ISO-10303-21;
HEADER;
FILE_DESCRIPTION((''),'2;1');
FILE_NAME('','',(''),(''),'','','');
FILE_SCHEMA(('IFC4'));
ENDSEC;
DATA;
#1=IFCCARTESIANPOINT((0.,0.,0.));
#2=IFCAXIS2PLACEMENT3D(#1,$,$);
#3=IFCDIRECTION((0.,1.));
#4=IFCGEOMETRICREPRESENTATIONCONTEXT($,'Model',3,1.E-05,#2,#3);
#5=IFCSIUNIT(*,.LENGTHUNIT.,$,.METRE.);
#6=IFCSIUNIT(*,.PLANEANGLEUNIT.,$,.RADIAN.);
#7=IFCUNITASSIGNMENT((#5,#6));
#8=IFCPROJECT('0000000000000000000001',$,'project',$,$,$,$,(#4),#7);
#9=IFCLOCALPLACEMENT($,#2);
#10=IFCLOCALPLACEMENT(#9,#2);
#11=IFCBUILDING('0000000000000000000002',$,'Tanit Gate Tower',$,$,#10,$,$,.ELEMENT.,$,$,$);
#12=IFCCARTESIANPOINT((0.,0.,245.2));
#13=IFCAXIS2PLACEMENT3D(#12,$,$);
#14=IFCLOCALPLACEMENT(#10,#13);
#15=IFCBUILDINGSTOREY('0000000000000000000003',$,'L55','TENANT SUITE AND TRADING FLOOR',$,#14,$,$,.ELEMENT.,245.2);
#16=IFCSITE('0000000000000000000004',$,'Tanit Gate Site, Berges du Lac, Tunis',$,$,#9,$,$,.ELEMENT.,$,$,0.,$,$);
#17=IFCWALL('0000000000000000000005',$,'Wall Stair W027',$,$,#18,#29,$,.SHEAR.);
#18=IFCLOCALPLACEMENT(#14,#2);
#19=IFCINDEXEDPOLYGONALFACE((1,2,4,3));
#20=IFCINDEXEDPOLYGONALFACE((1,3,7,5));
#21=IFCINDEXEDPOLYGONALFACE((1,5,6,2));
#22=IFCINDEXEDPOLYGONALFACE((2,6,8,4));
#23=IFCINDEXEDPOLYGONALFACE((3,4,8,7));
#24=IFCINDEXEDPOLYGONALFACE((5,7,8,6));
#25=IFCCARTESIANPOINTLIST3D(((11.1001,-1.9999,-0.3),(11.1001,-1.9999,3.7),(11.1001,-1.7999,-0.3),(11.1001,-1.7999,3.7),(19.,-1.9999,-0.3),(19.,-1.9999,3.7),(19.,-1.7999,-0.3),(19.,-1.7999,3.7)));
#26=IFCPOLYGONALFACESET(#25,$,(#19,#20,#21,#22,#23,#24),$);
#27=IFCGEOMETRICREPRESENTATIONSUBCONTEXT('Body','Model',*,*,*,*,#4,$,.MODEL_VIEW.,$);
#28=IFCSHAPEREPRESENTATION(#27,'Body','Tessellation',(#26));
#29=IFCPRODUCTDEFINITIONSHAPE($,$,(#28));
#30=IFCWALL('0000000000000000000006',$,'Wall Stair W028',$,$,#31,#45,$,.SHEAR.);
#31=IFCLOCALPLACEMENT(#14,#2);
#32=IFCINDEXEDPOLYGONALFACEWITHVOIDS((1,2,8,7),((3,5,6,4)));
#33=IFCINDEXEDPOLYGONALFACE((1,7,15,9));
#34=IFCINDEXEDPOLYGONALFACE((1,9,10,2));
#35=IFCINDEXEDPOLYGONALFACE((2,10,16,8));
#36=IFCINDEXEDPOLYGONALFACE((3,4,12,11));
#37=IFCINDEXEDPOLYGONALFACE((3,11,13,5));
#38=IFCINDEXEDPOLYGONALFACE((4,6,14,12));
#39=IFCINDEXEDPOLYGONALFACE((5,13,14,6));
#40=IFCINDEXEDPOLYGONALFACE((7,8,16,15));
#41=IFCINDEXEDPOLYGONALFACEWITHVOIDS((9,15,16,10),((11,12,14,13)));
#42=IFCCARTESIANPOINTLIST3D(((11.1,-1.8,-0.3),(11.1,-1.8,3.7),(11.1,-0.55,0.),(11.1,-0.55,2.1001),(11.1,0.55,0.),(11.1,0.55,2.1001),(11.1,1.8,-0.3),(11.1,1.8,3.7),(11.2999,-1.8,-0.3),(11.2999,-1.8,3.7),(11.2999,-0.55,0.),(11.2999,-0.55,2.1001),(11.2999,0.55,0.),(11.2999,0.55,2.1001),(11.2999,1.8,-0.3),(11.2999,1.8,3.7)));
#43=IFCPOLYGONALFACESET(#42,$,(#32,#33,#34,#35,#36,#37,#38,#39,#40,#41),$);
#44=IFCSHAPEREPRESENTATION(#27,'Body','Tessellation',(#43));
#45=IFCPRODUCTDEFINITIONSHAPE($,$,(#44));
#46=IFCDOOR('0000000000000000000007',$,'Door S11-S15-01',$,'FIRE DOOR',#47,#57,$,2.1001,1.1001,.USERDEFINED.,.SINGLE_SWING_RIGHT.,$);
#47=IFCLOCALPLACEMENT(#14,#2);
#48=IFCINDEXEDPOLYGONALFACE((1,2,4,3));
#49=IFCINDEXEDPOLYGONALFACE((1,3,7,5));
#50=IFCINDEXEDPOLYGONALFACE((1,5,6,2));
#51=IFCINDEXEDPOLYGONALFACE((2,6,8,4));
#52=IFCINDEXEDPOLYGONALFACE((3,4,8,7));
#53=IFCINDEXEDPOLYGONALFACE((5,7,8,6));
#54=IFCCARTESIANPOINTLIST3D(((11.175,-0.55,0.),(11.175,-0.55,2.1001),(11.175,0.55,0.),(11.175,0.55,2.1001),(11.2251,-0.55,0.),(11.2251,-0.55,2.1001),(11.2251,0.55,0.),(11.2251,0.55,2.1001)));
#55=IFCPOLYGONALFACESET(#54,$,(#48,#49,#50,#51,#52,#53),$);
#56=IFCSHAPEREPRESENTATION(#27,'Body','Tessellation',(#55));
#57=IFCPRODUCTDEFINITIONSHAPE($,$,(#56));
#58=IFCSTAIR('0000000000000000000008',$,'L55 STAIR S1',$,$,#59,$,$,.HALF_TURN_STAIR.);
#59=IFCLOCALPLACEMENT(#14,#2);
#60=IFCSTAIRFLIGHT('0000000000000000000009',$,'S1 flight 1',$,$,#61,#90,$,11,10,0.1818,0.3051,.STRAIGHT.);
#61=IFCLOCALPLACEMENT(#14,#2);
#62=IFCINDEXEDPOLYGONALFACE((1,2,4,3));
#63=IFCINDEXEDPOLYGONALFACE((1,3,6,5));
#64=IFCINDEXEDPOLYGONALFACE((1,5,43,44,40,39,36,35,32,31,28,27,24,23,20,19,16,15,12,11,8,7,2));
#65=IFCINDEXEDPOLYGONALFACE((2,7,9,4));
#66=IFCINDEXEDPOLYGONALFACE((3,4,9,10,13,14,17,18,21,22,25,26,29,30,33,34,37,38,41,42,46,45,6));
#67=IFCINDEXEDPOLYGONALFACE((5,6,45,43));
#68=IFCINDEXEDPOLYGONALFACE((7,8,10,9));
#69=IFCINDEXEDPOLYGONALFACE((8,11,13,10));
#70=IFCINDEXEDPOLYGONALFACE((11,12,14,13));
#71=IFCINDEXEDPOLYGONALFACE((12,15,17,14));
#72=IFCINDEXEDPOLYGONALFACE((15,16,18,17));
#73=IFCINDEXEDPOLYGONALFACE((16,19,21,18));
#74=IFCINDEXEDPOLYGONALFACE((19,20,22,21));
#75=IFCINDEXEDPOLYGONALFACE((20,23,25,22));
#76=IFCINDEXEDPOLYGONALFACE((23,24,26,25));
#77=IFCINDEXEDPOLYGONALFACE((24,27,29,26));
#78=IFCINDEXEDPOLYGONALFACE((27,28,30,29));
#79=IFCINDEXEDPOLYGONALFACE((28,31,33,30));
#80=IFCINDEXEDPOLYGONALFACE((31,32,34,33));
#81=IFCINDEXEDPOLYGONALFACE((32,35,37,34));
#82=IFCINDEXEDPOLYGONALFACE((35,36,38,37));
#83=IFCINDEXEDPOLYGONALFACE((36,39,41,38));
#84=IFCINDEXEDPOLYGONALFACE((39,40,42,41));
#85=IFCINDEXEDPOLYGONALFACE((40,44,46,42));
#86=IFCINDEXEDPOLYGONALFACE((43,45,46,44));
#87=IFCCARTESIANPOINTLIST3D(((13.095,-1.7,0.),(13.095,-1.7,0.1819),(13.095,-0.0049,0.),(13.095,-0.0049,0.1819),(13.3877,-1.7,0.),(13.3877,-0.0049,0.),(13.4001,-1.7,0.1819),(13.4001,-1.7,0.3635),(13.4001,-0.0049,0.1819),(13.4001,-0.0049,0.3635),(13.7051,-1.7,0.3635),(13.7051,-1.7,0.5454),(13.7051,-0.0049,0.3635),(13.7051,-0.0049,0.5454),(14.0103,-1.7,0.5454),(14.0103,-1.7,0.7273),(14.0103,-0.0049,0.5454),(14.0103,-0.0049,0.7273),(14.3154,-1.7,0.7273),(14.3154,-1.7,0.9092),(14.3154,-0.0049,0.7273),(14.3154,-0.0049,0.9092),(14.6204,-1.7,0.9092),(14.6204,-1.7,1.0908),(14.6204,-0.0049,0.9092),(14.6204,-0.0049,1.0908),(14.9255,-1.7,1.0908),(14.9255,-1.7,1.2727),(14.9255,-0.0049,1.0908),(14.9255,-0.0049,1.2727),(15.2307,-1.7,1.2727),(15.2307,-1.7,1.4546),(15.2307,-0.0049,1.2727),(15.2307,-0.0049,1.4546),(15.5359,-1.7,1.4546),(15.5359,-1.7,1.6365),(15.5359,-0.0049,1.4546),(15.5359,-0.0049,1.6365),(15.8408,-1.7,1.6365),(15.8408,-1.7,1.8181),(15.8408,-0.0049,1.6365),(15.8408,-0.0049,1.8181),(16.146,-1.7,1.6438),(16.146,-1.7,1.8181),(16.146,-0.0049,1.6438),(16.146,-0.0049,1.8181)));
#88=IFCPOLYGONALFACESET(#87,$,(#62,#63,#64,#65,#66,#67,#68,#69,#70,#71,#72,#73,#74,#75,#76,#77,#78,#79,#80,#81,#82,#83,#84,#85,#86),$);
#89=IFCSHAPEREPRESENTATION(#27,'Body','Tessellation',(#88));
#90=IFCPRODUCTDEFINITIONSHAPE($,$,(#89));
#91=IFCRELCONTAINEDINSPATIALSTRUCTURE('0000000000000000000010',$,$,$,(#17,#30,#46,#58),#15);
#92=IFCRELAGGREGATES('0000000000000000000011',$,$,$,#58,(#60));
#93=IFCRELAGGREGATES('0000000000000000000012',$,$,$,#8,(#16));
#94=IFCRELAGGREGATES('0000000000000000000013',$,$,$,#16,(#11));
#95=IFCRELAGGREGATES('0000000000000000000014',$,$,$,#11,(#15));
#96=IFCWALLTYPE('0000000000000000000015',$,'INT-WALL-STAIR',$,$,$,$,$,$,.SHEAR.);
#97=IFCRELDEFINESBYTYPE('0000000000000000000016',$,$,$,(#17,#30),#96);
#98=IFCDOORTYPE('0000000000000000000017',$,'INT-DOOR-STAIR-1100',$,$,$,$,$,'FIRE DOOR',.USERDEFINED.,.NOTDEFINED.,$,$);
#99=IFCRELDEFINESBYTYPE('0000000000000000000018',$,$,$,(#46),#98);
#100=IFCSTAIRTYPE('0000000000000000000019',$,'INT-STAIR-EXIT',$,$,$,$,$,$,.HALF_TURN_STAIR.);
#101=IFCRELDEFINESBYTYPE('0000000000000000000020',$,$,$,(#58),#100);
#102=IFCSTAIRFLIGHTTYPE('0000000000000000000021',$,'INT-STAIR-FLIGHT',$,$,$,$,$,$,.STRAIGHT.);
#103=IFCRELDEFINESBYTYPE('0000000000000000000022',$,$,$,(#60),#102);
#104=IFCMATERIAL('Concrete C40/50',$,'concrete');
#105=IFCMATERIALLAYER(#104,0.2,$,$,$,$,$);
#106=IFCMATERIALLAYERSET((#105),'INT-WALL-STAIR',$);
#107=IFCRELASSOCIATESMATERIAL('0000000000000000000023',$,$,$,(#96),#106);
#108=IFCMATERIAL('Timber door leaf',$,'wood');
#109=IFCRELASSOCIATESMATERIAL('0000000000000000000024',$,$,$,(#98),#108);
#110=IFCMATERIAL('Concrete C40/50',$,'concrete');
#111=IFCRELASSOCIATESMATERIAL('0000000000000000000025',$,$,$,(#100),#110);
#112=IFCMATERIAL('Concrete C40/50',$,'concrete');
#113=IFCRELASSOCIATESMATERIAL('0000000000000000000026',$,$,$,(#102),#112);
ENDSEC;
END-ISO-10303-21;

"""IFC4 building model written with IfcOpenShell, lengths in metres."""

from ifc_helpers import new_model, si_unit, direction, frame, frame_2d, origin, place, context, subcontext, project, spatial, polyline, rectangle, outline, extrude, material, layer, layer_set, type_object, element, fill, aggregate, save


model = new_model("IFC4")

# Units and contexts
model_context = context("Model", 3, precision=1e-05, world=origin(), true_north=direction((0.0, 1.0)))
body_context = subcontext(model_context, "Body", "Model", "MODEL_VIEW")
ifc_project = project(units=[si_unit("LENGTHUNIT", "METRE"), si_unit("PLANEANGLEUNIT", "RADIAN")], contexts=[model_context])

# Site, building, storey
site_placement = place(None, origin())
site = spatial("IfcSite", under=ifc_project, at=site_placement, Name="Tanit Gate Site, Berges du Lac, Tunis", CompositionType="ELEMENT", RefElevation=0.0)
building_placement = place(site_placement, origin())
building = spatial("IfcBuilding", under=site, at=building_placement, Name="Tanit Gate Tower", CompositionType="ELEMENT")
storey_placement = place(building_placement, frame((0.0, 0.0, 245.2)))
storey = spatial("IfcBuildingStorey", under=building, at=storey_placement, Name="L55", Description="TENANT SUITE AND TRADING FLOOR", CompositionType="ELEMENT", Elevation=245.2)

# Wall
ifc_material_1 = material(Name="Concrete C40/50", Category="concrete")
ifc_layer_1 = layer(ifc_material_1, 0.2)
ifc_layer_set_1 = layer_set([ifc_layer_1], Name="INT-WALL-STAIR")
wall_type_1 = type_object("IfcWallType", Name="INT-WALL-STAIR", PredefinedType="SHEAR", material=ifc_layer_set_1)
wall_1_placement = place(storey_placement, frame((11.1001, -1.8999, -0.3), z_axis=(0.0, 0.0, 1.0), x_axis=(1.0, 0.0, 0.0)))
element("IfcWall", 1, at=wall_1_placement, inside=storey, type_object=wall_type_1, Name="Wall Stair W027", PredefinedType="SHEAR", context=body_context, shape_type="SweptSolid", body=[
    extrude(rectangle(XDim=7.8999, YDim=0.2, at=frame_2d((3.95, 0.0))), origin(), (0.0, 0.0, 1.0), 4.0),
])

# Wall, opening, door
wall_2_placement = place(storey_placement, frame((11.2, -1.8, -0.3), z_axis=(0.0, 0.0, 1.0), x_axis=(0.0, 1.0, 0.0)))
wall_2 = element("IfcWall", 2, at=wall_2_placement, inside=storey, type_object=wall_type_1, Name="Wall Stair W028", PredefinedType="SHEAR", context=body_context, shape_type="SweptSolid", body=[
    extrude(rectangle(XDim=3.6001, YDim=0.2, at=frame_2d((1.8, 0.0))), origin(), (0.0, 0.0, 1.0), 4.0),
])
opening_1_placement = place(wall_2_placement, frame((1.25, 0.0, 0.3)))
opening_1 = element("IfcOpeningElement", 3, at=opening_1_placement, cuts=wall_2, PredefinedType="OPENING", context=body_context, shape_type="SweptSolid", body=[
    extrude(rectangle(XDim=1.1001, YDim=2.1001, at=frame_2d((0.55, 1.05))), frame((0.0, 0.1099, 0.0), z_axis=(0.0, -1.0, 0.0), x_axis=(1.0, 0.0, 0.0)), (0.0, 0.0, 1.0), 0.22),
])
ifc_material_2 = material(Name="Timber door leaf", Category="wood")
door_type_1 = type_object("IfcDoorType", Name="INT-DOOR-STAIR-1100", ElementType="FIRE DOOR", OperationType="NOTDEFINED", PredefinedType="USERDEFINED", material=ifc_material_2)
door_1_placement = place(opening_1_placement, origin())
door_1 = element("IfcDoor", 4, at=door_1_placement, inside=storey, type_object=door_type_1, Name="Door S11-S15-01", ObjectType="FIRE DOOR", OperationType="SINGLE_SWING_RIGHT", OverallHeight=2.1001, OverallWidth=1.1001, PredefinedType="USERDEFINED", context=body_context, shape_type="SweptSolid", body=[
    extrude(rectangle(XDim=1.1001, YDim=2.1001, at=frame_2d((0.55, 1.05))), frame((0.0, 0.0249, 0.0), z_axis=(0.0, -1.0, 0.0), x_axis=(1.0, 0.0, 0.0)), (0.0, 0.0, 1.0), 0.05),
])
fill(opening_1, door_1)

# Stair, stair flight
ifc_material_3 = material(Name="Concrete C40/50", Category="concrete")
stair_type = type_object("IfcStairType", Name="INT-STAIR-EXIT", PredefinedType="HALF_TURN_STAIR", material=ifc_material_3)
stair_placement = place(storey_placement, origin())
stair = element("IfcStair", 5, at=stair_placement, inside=storey, type_object=stair_type, Name="L55 STAIR S1", PredefinedType="HALF_TURN_STAIR")
ifc_material_4 = material(Name="Concrete C40/50", Category="concrete")
stair_flight_type = type_object("IfcStairFlightType", Name="INT-STAIR-FLIGHT", PredefinedType="STRAIGHT", material=ifc_material_4)
stair_flight_placement = place(storey_placement, frame((13.095, -0.8525, 0.0), z_axis=(0.0, 0.0, 1.0), x_axis=(1.0, 0.0, 0.0)))
stair_flight = element("IfcStairFlight", 6, at=stair_flight_placement, type_object=stair_flight_type, Name="S1 flight 1", NumberOfRisers=11, NumberOfTreads=10, PredefinedType="STRAIGHT", RiserHeight=0.1818, TreadLength=0.3051, context=body_context, shape_type="SweptSolid", body=[
    extrude(outline(polyline([(0.0, 0.0), (0.0, 0.1819), (0.3052, 0.1819), (0.3052, 0.3635), (0.6101, 0.3635), (0.6101, 0.5454), (0.9153, 0.5454), (0.9153, 0.7273), (1.2205, 0.7273), (1.2205, 0.9092), (1.5254, 0.9092), (1.5254, 1.0908), (1.8306, 1.0908), (1.8306, 1.2727), (2.1357, 1.2727), (2.1357, 1.4546), (2.4409, 1.4546), (2.4409, 1.6365), (2.7458, 1.6365), (2.7458, 1.8181), (3.051, 1.8181), (3.051, 2.0), (3.051, 1.6438), (0.2927, 0.0), (0.0, 0.0)])), frame((0.0, 0.8477, 0.0), z_axis=(0.0, -1.0, 0.0), x_axis=(1.0, 0.0, 0.0)), (0.0, 0.0, 1.0), 1.6951),
])
aggregate(stair, [stair_flight])

save(model, "model.ifc")
